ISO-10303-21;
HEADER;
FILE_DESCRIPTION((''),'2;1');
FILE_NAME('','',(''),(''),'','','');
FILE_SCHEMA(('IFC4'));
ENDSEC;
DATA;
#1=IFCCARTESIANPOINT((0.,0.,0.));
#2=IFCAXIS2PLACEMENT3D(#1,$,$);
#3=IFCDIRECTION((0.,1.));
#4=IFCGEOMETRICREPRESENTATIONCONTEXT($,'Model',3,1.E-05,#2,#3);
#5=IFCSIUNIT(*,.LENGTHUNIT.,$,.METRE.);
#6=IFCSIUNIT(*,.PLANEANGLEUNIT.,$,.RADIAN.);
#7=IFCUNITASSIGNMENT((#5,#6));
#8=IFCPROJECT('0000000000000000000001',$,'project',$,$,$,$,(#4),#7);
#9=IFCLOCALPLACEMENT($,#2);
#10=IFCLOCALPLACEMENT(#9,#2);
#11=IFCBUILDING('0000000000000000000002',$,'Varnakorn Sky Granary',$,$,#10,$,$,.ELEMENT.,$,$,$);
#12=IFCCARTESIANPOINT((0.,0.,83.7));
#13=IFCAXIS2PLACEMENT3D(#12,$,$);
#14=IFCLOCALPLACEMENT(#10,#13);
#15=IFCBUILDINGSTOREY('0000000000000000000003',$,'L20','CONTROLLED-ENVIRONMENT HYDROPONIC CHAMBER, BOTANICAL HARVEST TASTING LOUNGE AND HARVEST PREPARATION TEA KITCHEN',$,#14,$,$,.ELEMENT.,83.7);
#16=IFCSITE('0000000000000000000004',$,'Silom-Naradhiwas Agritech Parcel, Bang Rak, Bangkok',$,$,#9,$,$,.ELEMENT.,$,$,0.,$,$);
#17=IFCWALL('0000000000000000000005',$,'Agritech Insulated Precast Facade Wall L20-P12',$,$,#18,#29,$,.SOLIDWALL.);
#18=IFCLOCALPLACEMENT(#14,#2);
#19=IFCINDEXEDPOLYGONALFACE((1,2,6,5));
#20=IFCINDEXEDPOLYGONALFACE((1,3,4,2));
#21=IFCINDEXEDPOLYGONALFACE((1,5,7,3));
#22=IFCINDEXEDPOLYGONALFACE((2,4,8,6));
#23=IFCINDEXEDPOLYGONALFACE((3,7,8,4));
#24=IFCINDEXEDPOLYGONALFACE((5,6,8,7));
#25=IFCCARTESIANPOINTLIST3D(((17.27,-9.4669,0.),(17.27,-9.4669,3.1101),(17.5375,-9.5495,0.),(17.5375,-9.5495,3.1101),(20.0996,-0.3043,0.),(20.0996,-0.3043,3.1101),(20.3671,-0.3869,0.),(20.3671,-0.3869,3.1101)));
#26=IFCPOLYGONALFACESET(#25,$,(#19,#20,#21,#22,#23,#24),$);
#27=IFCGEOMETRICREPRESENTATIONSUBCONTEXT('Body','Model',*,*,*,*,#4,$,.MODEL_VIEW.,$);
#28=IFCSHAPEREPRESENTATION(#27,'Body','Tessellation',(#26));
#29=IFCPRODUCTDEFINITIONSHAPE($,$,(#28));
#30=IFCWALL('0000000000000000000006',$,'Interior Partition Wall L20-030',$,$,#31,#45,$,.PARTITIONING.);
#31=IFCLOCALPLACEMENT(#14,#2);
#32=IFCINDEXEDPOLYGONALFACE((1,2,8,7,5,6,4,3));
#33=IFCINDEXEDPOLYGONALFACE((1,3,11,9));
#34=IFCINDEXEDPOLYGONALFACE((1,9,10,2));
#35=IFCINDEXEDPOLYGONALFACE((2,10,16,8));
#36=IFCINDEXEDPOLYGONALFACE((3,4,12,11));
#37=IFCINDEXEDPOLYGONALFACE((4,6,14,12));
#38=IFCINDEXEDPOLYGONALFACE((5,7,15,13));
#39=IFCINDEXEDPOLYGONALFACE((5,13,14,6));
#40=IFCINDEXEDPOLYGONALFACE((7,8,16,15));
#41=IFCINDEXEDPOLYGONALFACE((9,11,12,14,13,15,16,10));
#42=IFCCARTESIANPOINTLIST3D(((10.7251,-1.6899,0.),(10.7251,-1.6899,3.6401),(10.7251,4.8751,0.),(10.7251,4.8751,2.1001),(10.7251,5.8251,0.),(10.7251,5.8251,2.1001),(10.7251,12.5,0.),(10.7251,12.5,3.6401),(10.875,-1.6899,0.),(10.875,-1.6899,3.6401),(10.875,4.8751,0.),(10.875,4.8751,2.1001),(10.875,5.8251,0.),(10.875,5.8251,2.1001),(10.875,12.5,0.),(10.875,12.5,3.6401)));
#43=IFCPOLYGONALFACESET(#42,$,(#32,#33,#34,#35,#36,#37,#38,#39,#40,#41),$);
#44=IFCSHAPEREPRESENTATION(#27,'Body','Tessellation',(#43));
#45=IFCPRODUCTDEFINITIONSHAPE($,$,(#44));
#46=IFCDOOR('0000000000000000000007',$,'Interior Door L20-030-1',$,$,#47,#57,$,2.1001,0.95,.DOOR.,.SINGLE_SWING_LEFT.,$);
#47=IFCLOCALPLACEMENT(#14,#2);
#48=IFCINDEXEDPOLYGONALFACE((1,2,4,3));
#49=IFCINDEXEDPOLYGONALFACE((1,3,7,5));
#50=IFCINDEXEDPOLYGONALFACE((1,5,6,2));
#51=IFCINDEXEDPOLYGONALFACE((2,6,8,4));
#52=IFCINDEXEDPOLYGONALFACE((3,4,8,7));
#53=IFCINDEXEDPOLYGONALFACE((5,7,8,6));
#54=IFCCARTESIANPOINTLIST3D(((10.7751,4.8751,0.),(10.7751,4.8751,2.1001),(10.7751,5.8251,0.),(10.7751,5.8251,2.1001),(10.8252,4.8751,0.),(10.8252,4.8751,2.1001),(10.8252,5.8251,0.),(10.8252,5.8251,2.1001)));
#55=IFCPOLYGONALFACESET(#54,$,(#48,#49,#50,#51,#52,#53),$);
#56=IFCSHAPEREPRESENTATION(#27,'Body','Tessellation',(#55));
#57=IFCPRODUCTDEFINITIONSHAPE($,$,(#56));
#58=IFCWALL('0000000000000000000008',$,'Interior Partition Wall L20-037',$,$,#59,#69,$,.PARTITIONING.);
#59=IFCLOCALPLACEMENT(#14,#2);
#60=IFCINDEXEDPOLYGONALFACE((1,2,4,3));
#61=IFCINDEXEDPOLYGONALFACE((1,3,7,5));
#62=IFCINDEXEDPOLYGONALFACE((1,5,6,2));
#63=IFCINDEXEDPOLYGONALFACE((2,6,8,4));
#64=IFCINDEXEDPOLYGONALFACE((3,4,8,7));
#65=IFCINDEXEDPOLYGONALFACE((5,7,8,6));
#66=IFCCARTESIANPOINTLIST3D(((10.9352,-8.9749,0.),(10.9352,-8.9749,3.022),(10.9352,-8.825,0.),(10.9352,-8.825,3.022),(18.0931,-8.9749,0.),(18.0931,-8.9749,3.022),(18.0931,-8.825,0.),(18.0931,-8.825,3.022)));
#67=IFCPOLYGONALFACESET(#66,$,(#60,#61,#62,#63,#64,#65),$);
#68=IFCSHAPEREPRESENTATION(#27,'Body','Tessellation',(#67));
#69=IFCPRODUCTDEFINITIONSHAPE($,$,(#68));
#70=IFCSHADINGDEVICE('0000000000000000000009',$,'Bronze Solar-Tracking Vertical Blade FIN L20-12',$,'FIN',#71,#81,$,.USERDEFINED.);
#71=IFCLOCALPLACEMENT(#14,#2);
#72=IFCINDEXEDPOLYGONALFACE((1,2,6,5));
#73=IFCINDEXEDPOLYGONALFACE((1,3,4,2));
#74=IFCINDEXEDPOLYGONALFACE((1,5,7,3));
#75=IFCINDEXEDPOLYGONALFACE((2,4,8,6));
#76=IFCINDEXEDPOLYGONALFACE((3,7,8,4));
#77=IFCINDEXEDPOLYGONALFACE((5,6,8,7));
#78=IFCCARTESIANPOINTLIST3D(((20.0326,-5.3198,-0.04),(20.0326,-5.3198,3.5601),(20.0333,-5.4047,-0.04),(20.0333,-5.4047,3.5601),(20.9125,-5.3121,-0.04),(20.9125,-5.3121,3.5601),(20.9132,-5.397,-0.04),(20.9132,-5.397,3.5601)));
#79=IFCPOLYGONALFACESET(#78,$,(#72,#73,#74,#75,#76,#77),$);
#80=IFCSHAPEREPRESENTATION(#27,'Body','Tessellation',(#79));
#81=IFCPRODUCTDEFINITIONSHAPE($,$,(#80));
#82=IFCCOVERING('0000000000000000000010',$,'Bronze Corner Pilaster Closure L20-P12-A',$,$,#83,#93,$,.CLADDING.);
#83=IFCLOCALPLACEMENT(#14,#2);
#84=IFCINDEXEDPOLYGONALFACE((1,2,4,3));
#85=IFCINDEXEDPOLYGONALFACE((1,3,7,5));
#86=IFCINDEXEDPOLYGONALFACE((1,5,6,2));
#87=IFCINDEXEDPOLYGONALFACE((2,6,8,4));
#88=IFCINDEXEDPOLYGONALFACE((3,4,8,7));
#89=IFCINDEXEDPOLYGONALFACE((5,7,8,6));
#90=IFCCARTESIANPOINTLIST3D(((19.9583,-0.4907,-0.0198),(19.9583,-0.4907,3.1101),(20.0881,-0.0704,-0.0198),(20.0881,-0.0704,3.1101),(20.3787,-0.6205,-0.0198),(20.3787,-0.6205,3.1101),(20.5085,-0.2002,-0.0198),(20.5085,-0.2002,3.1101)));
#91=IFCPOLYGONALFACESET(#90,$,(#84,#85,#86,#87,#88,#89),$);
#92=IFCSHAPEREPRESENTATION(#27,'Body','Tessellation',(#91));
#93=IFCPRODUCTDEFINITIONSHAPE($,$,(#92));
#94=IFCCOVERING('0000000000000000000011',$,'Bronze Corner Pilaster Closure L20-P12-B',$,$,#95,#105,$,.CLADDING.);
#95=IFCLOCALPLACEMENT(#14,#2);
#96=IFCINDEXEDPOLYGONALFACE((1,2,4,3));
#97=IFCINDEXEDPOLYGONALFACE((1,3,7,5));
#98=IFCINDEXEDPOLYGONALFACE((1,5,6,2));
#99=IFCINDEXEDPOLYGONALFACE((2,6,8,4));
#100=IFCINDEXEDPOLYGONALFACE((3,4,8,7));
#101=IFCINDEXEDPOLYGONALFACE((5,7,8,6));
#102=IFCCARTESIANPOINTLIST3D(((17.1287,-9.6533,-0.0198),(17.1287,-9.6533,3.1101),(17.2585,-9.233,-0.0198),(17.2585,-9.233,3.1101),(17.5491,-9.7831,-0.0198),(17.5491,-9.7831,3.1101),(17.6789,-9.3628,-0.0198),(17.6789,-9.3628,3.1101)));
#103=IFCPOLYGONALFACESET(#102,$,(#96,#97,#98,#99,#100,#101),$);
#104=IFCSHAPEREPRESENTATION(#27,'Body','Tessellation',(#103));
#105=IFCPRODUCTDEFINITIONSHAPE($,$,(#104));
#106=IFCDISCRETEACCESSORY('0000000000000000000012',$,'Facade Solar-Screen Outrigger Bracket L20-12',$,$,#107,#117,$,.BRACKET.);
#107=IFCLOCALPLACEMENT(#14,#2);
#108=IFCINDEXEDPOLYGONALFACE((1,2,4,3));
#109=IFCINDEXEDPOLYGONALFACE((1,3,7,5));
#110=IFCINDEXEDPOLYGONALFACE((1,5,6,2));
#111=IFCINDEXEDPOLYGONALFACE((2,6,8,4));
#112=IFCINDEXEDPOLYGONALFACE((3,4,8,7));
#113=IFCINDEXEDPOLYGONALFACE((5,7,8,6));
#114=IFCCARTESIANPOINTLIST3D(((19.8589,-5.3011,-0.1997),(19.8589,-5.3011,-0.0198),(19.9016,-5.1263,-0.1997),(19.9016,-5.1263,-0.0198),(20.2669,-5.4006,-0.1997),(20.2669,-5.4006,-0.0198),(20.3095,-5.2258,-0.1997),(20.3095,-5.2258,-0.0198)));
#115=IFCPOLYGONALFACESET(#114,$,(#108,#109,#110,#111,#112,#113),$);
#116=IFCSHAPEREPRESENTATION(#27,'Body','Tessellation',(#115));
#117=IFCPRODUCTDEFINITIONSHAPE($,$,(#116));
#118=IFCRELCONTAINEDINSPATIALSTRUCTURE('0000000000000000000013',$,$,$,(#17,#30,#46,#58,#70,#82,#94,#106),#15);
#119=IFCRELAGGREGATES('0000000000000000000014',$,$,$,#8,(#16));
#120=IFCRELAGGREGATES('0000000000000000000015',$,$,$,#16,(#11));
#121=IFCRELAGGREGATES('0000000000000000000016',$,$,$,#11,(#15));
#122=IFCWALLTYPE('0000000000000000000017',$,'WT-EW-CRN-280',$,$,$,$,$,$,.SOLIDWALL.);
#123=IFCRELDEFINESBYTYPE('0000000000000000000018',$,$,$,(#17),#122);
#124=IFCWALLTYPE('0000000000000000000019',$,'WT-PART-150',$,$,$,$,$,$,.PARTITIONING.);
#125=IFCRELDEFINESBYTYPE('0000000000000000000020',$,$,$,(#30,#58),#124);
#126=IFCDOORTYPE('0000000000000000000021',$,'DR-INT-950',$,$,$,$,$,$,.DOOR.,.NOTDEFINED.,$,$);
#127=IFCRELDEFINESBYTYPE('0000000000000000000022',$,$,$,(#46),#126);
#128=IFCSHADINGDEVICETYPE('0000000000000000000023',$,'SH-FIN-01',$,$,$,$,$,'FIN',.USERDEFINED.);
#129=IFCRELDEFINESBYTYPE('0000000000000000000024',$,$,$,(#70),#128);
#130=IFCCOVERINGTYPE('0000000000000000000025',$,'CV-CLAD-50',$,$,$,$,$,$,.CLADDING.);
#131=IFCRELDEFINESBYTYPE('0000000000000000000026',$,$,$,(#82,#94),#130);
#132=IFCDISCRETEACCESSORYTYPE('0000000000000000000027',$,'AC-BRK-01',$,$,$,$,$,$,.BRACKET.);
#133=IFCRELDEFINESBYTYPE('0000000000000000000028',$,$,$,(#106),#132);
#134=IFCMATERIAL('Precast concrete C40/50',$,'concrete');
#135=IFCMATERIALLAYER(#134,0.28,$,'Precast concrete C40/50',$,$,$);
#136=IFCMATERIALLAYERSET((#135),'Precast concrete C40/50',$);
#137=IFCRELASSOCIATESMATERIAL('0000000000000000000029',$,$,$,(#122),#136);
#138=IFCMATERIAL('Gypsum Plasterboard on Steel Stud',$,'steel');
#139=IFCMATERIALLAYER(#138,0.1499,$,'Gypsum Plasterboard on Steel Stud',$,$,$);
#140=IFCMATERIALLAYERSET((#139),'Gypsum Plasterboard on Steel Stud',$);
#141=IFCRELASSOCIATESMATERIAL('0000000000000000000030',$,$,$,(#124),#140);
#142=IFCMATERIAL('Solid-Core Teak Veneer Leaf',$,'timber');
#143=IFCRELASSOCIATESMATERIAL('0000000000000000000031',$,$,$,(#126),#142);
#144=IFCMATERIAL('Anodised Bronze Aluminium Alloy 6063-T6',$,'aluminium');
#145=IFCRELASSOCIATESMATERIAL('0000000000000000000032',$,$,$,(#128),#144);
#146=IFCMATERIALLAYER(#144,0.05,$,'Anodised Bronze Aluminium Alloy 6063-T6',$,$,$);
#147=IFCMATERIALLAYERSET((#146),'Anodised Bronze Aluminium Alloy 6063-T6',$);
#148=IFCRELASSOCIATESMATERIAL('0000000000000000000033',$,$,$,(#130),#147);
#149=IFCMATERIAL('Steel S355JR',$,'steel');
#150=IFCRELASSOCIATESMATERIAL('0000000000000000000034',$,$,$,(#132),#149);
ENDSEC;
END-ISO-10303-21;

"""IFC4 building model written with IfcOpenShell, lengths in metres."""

from ifc_helpers import new_model, si_unit, direction, frame, frame_2d, origin, origin_2d, place, context, subcontext, project, spatial, rectangle, extrude, source, transform, mapped, material, layer, layer_set, type_object, type_shapes, element, fill, save


model = new_model("IFC4")

# Units and contexts
model_context = context("Model", 3, precision=1e-05, world=origin(), true_north=direction((0.0, 1.0)))
body_context = subcontext(model_context, "Body", "Model", "MODEL_VIEW")
ifc_project = project(units=[si_unit("LENGTHUNIT", "METRE"), si_unit("PLANEANGLEUNIT", "RADIAN")], contexts=[model_context])

# Site, building, storey
site_placement = place(None, origin())
site = spatial("IfcSite", under=ifc_project, at=site_placement, Name="Silom-Naradhiwas Agritech Parcel, Bang Rak, Bangkok", CompositionType="ELEMENT", RefElevation=0.0)
building_placement = place(site_placement, origin())
building = spatial("IfcBuilding", under=site, at=building_placement, Name="Varnakorn Sky Granary", CompositionType="ELEMENT")
storey_placement = place(building_placement, frame((0.0, 0.0, 83.7)))
storey = spatial("IfcBuildingStorey", under=building, at=storey_placement, Name="L20", Description="CONTROLLED-ENVIRONMENT HYDROPONIC CHAMBER, BOTANICAL HARVEST TASTING LOUNGE AND HARVEST PREPARATION TEA KITCHEN", CompositionType="ELEMENT", Elevation=83.7)

# Shared definitions
ifc_material_1 = material(Name="Steel S355JR", Category="steel")

# Shared definitions
ifc_material_2 = material(Name="Anodised Bronze Aluminium Alloy 6063-T6", Category="aluminium")

# Wall
ifc_material_3 = material(Name="Precast concrete C40/50", Category="concrete")
ifc_layer_1 = layer(ifc_material_3, 0.28, Name="Precast concrete C40/50")
ifc_layer_set_1 = layer_set([ifc_layer_1], Name="Precast concrete C40/50")
wall_type_1 = type_object("IfcWallType", Name="WT-EW-CRN-280", PredefinedType="SOLIDWALL", material=ifc_layer_set_1)
wall_1_placement = place(storey_placement, frame((20.2334, -0.3455, 0.0), z_axis=(0.0, 0.0, 1.0), x_axis=(-0.29507, -0.955476, 0.0)))
element("IfcWall", 1, at=wall_1_placement, inside=storey, type_object=wall_type_1, Name="Agritech Insulated Precast Facade Wall L20-P12", PredefinedType="SOLIDWALL", context=body_context, shape_type="SweptSolid", body=[
    extrude(rectangle(XDim=9.5896, YDim=0.28, at=frame_2d((4.7949, 0.0))), origin(), (0.0, 0.0, 1.0), 3.1101),
])

# Wall, opening, door
ifc_material_4 = material(Name="Gypsum Plasterboard on Steel Stud", Category="steel")
ifc_layer_2 = layer(ifc_material_4, 0.1499, Name="Gypsum Plasterboard on Steel Stud")
ifc_layer_set_2 = layer_set([ifc_layer_2], Name="Gypsum Plasterboard on Steel Stud")
wall_type_2 = type_object("IfcWallType", Name="WT-PART-150", PredefinedType="PARTITIONING", material=ifc_layer_set_2)
wall_2_placement = place(storey_placement, frame((10.8, -1.6899, 0.0), z_axis=(0.0, 0.0, 1.0), x_axis=(0.0, 1.0, 0.0)))
wall_2 = element("IfcWall", 2, at=wall_2_placement, inside=storey, type_object=wall_type_2, Name="Interior Partition Wall L20-030", PredefinedType="PARTITIONING", context=body_context, shape_type="SweptSolid", body=[
    extrude(rectangle(XDim=14.1899, YDim=0.1499, at=frame_2d((7.095, 0.0))), origin(), (0.0, 0.0, 1.0), 3.6401),
])
opening_placement = place(wall_2_placement, frame((6.5649, 0.0, 0.0)))
opening = element("IfcOpeningElement", 3, at=opening_placement, cuts=wall_2, PredefinedType="OPENING", context=body_context, shape_type="SweptSolid", body=[
    extrude(rectangle(XDim=0.95, YDim=2.1001, at=frame_2d((0.4751, 1.05))), frame((0.0, 0.085, 0.0), z_axis=(0.0, -1.0, 0.0), x_axis=(1.0, 0.0, 0.0)), (0.0, 0.0, 1.0), 0.1699),
])
ifc_material_5 = material(Name="Solid-Core Teak Veneer Leaf", Category="timber")
door_type = type_object("IfcDoorType", Name="DR-INT-950", OperationType="NOTDEFINED", PredefinedType="DOOR", material=ifc_material_5)
door_placement = place(opening_placement, origin())
door = element("IfcDoor", 4, at=door_placement, inside=storey, type_object=door_type, Name="Interior Door L20-030-1", OperationType="SINGLE_SWING_LEFT", OverallHeight=2.1001, OverallWidth=0.95, PredefinedType="DOOR", context=body_context, shape_type="SweptSolid", body=[
    extrude(rectangle(XDim=0.95, YDim=2.1001, at=frame_2d((0.4751, 1.05))), frame((0.0, 0.0249, 0.0), z_axis=(0.0, -1.0, 0.0), x_axis=(1.0, 0.0, 0.0)), (0.0, 0.0, 1.0), 0.05),
])
fill(opening, door)

# Wall
wall_3_placement = place(storey_placement, frame((10.9351, -8.8999, 0.0), z_axis=(0.0, 0.0, 1.0), x_axis=(1.0, 0.0, 0.0)))
element("IfcWall", 5, at=wall_3_placement, inside=storey, type_object=wall_type_2, Name="Interior Partition Wall L20-037", PredefinedType="PARTITIONING", context=body_context, shape_type="SweptSolid", body=[
    extrude(rectangle(XDim=7.158, YDim=0.1499, at=frame_2d((3.5791, 0.0))), origin(), (0.0, 0.0, 1.0), 3.022),
])

# Shading device
shading_device_type = type_object("IfcShadingDeviceType", Name="SH-FIN-01", ElementType="FIN", PredefinedType="USERDEFINED", material=ifc_material_2)
shared_shape_1 = source(origin(), body_context, "Body", "SweptSolid", [
    extrude(rectangle(XDim=0.085, YDim=0.8799, at=origin_2d()), origin(), (0.0, 0.0, 1.0), 3.6001),
])
type_shapes(shading_device_type, [shared_shape_1])
shading_device_placement = place(storey_placement, frame((20.4729, -5.3584, -0.04), z_axis=(0.0, 0.0, 1.0), x_axis=(-0.008713, 0.999962, 0.0)))
element("IfcShadingDevice", 6, at=shading_device_placement, inside=storey, type_object=shading_device_type, Name="Bronze Solar-Tracking Vertical Blade FIN L20-12", ObjectType="FIN", PredefinedType="USERDEFINED", context=body_context, shape_type="MappedRepresentation", body=[
    mapped(shared_shape_1, transform((0.0, 0.0, 0.0), x_axis=(1.0, 0.0, 0.0), y_axis=(0.0, 1.0, 0.0), z_axis=(0.0, 0.0, 1.0), scale=1.0)),
])

# Coverings
ifc_layer_3 = layer(ifc_material_2, 0.05, Name="Anodised Bronze Aluminium Alloy 6063-T6")
ifc_layer_set_3 = layer_set([ifc_layer_3], Name="Anodised Bronze Aluminium Alloy 6063-T6")
covering_type = type_object("IfcCoveringType", Name="CV-CLAD-50", PredefinedType="CLADDING", material=ifc_layer_set_3)
shared_shape_2 = source(origin(), body_context, "Body", "SweptSolid", [
    extrude(rectangle(XDim=0.4399, YDim=0.4399, at=origin_2d()), origin(), (0.0, 0.0, 1.0), 3.1299),
])
type_shapes(covering_type, [shared_shape_2])
for number, where, z_axis, x_axis, name in (
    (7, (20.2334, -0.3455, -0.0198), (0.0, 0.0, 1.0), (-0.295041, -0.955485, 0.0), "Bronze Corner Pilaster Closure L20-P12-A"),
    (8, (17.4038, -9.5081, -0.0198), (0.0, 0.0, 1.0), (-0.295041, -0.955485, 0.0), "Bronze Corner Pilaster Closure L20-P12-B"),
):
    element("IfcCovering", number, at=place(storey_placement, frame(where, z_axis=z_axis, x_axis=x_axis)), inside=storey, type_object=covering_type, Name=name, PredefinedType="CLADDING", context=body_context, shape_type="MappedRepresentation", body=[
        mapped(shared_shape_2, transform((0.0, 0.0, 0.0), x_axis=(1.0, 0.0, 0.0), y_axis=(0.0, 1.0, 0.0), z_axis=(0.0, 0.0, 1.0), scale=1.0)),
    ])

# Discrete accessory
discrete_accessory_type = type_object("IfcDiscreteAccessoryType", Name="AC-BRK-01", PredefinedType="BRACKET", material=ifc_material_1)
shared_shape_3 = source(origin(), body_context, "Body", "SweptSolid", [
    extrude(rectangle(XDim=0.1799, YDim=0.4199, at=origin_2d()), origin(), (0.0, 0.0, 1.0), 0.1799),
])
type_shapes(discrete_accessory_type, [shared_shape_3])
discrete_accessory_placement = place(storey_placement, frame((20.0842, -5.2634, -0.1997), z_axis=(0.0, 0.0, 1.0), x_axis=(0.236917, 0.97153, 0.0)))
element("IfcDiscreteAccessory", 9, at=discrete_accessory_placement, inside=storey, type_object=discrete_accessory_type, Name="Facade Solar-Screen Outrigger Bracket L20-12", PredefinedType="BRACKET", context=body_context, shape_type="MappedRepresentation", body=[
    mapped(shared_shape_3, transform((0.0, 0.0, 0.0), x_axis=(1.0, 0.0, 0.0), y_axis=(0.0, 1.0, 0.0), z_axis=(0.0, 0.0, 1.0), scale=1.0)),
])

save(model, "model.ifc")
